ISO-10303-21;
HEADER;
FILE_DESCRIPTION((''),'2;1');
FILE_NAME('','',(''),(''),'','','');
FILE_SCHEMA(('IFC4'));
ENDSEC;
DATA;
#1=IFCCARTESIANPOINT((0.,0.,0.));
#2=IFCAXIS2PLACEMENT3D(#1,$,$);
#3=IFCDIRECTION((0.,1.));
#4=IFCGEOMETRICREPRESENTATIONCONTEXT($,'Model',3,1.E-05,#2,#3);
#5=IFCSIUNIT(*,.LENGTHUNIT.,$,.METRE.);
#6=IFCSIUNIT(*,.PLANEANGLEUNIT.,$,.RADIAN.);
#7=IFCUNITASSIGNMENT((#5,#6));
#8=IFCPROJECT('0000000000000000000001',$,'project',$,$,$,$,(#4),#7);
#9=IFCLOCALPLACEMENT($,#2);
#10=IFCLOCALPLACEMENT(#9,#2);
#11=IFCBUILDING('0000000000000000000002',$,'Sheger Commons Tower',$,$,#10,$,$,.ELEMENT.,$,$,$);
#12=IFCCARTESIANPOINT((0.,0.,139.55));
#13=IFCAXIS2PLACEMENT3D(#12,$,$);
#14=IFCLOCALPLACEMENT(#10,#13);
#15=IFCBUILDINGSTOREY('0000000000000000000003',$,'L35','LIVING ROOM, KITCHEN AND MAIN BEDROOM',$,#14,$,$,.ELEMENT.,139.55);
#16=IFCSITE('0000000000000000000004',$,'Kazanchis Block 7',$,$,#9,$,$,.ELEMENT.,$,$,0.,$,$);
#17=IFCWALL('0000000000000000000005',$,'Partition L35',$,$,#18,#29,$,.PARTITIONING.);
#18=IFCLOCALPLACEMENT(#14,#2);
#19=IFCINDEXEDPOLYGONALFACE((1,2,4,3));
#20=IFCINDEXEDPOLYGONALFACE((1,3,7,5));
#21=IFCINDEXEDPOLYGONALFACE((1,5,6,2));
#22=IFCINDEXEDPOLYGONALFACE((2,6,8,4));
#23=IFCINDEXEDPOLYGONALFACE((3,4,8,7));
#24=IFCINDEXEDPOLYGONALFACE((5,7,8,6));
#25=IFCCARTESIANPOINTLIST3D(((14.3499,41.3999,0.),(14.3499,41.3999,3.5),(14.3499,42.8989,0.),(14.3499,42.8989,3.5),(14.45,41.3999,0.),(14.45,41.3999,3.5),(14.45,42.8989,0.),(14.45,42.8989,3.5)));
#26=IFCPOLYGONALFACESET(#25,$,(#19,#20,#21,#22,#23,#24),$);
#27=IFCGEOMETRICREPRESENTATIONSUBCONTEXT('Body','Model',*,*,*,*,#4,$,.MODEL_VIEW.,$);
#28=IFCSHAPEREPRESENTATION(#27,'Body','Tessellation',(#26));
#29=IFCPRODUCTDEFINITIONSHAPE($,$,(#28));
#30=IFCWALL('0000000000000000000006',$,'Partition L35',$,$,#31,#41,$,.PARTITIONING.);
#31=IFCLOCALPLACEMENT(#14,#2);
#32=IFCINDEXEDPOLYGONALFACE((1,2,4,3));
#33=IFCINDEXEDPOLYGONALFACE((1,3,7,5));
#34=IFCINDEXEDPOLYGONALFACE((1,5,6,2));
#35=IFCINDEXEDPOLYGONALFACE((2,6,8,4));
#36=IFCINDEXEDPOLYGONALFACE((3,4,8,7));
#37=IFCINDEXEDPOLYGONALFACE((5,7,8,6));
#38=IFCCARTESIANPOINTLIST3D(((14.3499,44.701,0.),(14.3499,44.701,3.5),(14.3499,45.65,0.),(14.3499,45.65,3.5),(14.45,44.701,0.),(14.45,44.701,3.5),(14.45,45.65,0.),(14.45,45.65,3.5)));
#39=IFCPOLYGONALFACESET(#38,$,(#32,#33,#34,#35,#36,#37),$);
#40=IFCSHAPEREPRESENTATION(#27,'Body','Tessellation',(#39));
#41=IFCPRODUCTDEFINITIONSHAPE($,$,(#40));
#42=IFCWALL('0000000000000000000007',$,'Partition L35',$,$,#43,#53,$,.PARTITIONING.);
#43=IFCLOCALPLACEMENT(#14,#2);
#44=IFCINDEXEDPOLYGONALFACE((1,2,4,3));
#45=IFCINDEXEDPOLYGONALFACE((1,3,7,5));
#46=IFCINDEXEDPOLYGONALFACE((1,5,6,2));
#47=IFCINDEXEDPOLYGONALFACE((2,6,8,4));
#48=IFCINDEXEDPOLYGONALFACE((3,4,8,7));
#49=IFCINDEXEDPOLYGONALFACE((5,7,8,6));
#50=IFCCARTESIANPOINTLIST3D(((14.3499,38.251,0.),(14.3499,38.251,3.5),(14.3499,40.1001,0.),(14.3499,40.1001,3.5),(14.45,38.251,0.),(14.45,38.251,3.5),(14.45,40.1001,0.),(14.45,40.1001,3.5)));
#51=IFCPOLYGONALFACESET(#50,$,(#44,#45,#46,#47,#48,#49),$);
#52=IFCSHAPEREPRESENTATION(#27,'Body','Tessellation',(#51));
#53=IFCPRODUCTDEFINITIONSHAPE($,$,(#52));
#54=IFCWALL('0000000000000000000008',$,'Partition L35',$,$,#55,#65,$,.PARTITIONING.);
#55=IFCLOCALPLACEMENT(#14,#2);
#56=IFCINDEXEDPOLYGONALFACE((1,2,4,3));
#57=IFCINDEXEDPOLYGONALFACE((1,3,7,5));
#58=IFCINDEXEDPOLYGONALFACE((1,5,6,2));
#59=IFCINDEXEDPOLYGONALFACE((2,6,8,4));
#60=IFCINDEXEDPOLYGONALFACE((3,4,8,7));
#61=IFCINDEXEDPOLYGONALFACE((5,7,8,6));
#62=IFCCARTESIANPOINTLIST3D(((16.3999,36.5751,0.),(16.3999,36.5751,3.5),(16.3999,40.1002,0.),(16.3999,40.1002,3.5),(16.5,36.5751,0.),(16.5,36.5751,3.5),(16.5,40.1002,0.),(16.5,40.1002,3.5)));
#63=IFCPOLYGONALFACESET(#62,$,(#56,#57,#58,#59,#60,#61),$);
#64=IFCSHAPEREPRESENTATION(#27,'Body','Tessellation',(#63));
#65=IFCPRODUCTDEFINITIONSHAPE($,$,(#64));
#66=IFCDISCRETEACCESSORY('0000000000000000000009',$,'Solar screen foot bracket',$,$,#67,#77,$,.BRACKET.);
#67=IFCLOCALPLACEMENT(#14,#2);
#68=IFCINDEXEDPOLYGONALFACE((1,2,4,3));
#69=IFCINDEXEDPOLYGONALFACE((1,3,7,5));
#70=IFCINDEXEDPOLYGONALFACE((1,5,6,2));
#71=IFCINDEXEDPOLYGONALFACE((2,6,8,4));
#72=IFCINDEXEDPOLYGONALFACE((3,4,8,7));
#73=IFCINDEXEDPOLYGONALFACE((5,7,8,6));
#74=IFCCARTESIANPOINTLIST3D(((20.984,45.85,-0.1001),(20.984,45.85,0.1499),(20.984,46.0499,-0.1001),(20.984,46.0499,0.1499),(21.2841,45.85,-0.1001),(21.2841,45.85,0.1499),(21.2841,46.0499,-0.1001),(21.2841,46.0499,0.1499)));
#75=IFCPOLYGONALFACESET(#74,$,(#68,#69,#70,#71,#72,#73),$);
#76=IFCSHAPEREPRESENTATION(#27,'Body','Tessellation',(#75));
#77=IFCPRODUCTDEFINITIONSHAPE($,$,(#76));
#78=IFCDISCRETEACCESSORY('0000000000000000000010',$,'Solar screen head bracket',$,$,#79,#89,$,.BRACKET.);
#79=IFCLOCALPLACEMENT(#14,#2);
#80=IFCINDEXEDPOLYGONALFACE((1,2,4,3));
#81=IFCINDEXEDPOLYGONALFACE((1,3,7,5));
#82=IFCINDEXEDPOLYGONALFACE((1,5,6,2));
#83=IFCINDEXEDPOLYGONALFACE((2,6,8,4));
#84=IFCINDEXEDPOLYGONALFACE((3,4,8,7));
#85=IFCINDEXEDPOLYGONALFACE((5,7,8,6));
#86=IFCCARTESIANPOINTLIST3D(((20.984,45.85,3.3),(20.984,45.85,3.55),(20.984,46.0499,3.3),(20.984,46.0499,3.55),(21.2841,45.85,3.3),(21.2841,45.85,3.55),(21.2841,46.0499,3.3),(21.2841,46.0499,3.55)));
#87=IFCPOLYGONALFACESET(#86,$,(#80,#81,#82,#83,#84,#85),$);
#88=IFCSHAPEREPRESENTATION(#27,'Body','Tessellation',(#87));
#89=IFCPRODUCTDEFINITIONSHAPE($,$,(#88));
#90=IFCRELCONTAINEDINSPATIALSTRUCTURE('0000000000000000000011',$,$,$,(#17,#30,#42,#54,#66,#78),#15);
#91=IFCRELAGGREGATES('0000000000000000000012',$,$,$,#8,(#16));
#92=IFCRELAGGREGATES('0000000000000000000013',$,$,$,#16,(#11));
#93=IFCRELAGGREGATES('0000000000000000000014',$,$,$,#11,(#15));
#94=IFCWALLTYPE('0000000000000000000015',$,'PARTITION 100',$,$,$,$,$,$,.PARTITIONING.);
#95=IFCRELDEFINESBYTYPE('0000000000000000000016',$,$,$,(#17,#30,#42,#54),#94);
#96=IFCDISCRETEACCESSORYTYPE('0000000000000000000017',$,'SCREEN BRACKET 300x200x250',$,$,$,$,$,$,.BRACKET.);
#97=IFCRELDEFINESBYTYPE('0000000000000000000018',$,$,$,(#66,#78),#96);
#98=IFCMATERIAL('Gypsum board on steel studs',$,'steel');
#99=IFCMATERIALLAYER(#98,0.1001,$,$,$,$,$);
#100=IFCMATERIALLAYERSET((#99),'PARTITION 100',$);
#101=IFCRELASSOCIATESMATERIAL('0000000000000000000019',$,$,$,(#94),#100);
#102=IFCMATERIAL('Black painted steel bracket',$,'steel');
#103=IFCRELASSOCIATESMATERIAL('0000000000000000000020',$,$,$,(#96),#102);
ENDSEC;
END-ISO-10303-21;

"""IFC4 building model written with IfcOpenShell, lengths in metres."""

from ifc_helpers import new_model, si_unit, direction, frame, frame_2d, origin, origin_2d, place, context, subcontext, project, spatial, rectangle, extrude, material, layer, layer_set, type_object, element, save


model = new_model("IFC4")

# Units and contexts
model_context = context("Model", 3, precision=1e-05, world=origin(), true_north=direction((0.0, 1.0)))
body_context = subcontext(model_context, "Body", "Model", "MODEL_VIEW")
ifc_project = project(units=[si_unit("LENGTHUNIT", "METRE"), si_unit("PLANEANGLEUNIT", "RADIAN")], contexts=[model_context])

# Site, building, storey
site_placement = place(None, origin())
site = spatial("IfcSite", under=ifc_project, at=site_placement, Name="Kazanchis Block 7", CompositionType="ELEMENT", RefElevation=0.0)
building_placement = place(site_placement, origin())
building = spatial("IfcBuilding", under=site, at=building_placement, Name="Sheger Commons Tower", CompositionType="ELEMENT")
storey_placement = place(building_placement, frame((0.0, 0.0, 139.55)))
storey = spatial("IfcBuildingStorey", under=building, at=storey_placement, Name="L35", Description="LIVING ROOM, KITCHEN AND MAIN BEDROOM", CompositionType="ELEMENT", Elevation=139.55)

# Shared definitions
ifc_material_1 = material(Name="Gypsum board on steel studs", Category="steel")
ifc_layer_1 = layer(ifc_material_1, 0.1001)
ifc_layer_set_1 = layer_set([ifc_layer_1], Name="PARTITION 100")
wall_type_1 = type_object("IfcWallType", Name="PARTITION 100", PredefinedType="PARTITIONING", material=ifc_layer_set_1)

# Walls
wall_1_placement = place(storey_placement, frame((14.3999, 41.3999, 0.0), z_axis=(0.0, 0.0, 1.0), x_axis=(0.0, 1.0, 0.0)))
element("IfcWall", 1, at=wall_1_placement, inside=storey, type_object=wall_type_1, Name="Partition L35", PredefinedType="PARTITIONING", context=body_context, shape_type="SweptSolid", body=[
    extrude(rectangle(XDim=1.499, YDim=0.1001, at=frame_2d((0.7495, 0.0))), origin(), (0.0, 0.0, 1.0), 3.5),
])
wall_2_placement = place(storey_placement, frame((14.3999, 44.7009, 0.0), z_axis=(0.0, 0.0, 1.0), x_axis=(0.0, 1.0, 0.0)))
element("IfcWall", 2, at=wall_2_placement, inside=storey, type_object=wall_type_1, Name="Partition L35", PredefinedType="PARTITIONING", context=body_context, shape_type="SweptSolid", body=[
    extrude(rectangle(XDim=0.949, YDim=0.1001, at=frame_2d((0.4746, 0.0))), origin(), (0.0, 0.0, 1.0), 3.5),
])
wall_3_placement = place(storey_placement, frame((14.3999, 38.251, 0.0), z_axis=(0.0, 0.0, 1.0), x_axis=(0.0, 1.0, 0.0)))
element("IfcWall", 3, at=wall_3_placement, inside=storey, type_object=wall_type_1, Name="Partition L35", PredefinedType="PARTITIONING", context=body_context, shape_type="SweptSolid", body=[
    extrude(rectangle(XDim=1.8491, YDim=0.1001, at=frame_2d((0.9246, 0.0))), origin(), (0.0, 0.0, 1.0), 3.5),
])
wall_4_placement = place(storey_placement, frame((16.45, 36.575, 0.0), z_axis=(0.0, 0.0, 1.0), x_axis=(0.0, 1.0, 0.0)))
element("IfcWall", 4, at=wall_4_placement, inside=storey, type_object=wall_type_1, Name="Partition L35", PredefinedType="PARTITIONING", context=body_context, shape_type="SweptSolid", body=[
    extrude(rectangle(XDim=3.5251, YDim=0.1001, at=frame_2d((1.7627, 0.0))), origin(), (0.0, 0.0, 1.0), 3.5),
])

# Discrete accessories
ifc_material_2 = material(Name="Black painted steel bracket", Category="steel")
discrete_accessory_type = type_object("IfcDiscreteAccessoryType", Name="SCREEN BRACKET 300x200x250", PredefinedType="BRACKET", material=ifc_material_2)
for number, where, z_axis, x_axis, name in (
    (5, (21.134, 45.95, -0.1001), (0.0, 0.0, 1.0), (-1.0, 0.0, 0.0), "Solar screen foot bracket"),
    (6, (21.134, 45.95, 3.3), (0.0, 0.0, 1.0), (-1.0, 0.0, 0.0), "Solar screen head bracket"),
):
    element("IfcDiscreteAccessory", number, at=place(storey_placement, frame(where, z_axis=z_axis, x_axis=x_axis)), inside=storey, type_object=discrete_accessory_type, Name=name, PredefinedType="BRACKET", context=body_context, shape_type="SweptSolid", body=[
        extrude(rectangle(XDim=0.3, YDim=0.2, at=origin_2d()), origin(), (0.0, 0.0, 1.0), 0.25),
    ])

save(model, "model.ifc")
